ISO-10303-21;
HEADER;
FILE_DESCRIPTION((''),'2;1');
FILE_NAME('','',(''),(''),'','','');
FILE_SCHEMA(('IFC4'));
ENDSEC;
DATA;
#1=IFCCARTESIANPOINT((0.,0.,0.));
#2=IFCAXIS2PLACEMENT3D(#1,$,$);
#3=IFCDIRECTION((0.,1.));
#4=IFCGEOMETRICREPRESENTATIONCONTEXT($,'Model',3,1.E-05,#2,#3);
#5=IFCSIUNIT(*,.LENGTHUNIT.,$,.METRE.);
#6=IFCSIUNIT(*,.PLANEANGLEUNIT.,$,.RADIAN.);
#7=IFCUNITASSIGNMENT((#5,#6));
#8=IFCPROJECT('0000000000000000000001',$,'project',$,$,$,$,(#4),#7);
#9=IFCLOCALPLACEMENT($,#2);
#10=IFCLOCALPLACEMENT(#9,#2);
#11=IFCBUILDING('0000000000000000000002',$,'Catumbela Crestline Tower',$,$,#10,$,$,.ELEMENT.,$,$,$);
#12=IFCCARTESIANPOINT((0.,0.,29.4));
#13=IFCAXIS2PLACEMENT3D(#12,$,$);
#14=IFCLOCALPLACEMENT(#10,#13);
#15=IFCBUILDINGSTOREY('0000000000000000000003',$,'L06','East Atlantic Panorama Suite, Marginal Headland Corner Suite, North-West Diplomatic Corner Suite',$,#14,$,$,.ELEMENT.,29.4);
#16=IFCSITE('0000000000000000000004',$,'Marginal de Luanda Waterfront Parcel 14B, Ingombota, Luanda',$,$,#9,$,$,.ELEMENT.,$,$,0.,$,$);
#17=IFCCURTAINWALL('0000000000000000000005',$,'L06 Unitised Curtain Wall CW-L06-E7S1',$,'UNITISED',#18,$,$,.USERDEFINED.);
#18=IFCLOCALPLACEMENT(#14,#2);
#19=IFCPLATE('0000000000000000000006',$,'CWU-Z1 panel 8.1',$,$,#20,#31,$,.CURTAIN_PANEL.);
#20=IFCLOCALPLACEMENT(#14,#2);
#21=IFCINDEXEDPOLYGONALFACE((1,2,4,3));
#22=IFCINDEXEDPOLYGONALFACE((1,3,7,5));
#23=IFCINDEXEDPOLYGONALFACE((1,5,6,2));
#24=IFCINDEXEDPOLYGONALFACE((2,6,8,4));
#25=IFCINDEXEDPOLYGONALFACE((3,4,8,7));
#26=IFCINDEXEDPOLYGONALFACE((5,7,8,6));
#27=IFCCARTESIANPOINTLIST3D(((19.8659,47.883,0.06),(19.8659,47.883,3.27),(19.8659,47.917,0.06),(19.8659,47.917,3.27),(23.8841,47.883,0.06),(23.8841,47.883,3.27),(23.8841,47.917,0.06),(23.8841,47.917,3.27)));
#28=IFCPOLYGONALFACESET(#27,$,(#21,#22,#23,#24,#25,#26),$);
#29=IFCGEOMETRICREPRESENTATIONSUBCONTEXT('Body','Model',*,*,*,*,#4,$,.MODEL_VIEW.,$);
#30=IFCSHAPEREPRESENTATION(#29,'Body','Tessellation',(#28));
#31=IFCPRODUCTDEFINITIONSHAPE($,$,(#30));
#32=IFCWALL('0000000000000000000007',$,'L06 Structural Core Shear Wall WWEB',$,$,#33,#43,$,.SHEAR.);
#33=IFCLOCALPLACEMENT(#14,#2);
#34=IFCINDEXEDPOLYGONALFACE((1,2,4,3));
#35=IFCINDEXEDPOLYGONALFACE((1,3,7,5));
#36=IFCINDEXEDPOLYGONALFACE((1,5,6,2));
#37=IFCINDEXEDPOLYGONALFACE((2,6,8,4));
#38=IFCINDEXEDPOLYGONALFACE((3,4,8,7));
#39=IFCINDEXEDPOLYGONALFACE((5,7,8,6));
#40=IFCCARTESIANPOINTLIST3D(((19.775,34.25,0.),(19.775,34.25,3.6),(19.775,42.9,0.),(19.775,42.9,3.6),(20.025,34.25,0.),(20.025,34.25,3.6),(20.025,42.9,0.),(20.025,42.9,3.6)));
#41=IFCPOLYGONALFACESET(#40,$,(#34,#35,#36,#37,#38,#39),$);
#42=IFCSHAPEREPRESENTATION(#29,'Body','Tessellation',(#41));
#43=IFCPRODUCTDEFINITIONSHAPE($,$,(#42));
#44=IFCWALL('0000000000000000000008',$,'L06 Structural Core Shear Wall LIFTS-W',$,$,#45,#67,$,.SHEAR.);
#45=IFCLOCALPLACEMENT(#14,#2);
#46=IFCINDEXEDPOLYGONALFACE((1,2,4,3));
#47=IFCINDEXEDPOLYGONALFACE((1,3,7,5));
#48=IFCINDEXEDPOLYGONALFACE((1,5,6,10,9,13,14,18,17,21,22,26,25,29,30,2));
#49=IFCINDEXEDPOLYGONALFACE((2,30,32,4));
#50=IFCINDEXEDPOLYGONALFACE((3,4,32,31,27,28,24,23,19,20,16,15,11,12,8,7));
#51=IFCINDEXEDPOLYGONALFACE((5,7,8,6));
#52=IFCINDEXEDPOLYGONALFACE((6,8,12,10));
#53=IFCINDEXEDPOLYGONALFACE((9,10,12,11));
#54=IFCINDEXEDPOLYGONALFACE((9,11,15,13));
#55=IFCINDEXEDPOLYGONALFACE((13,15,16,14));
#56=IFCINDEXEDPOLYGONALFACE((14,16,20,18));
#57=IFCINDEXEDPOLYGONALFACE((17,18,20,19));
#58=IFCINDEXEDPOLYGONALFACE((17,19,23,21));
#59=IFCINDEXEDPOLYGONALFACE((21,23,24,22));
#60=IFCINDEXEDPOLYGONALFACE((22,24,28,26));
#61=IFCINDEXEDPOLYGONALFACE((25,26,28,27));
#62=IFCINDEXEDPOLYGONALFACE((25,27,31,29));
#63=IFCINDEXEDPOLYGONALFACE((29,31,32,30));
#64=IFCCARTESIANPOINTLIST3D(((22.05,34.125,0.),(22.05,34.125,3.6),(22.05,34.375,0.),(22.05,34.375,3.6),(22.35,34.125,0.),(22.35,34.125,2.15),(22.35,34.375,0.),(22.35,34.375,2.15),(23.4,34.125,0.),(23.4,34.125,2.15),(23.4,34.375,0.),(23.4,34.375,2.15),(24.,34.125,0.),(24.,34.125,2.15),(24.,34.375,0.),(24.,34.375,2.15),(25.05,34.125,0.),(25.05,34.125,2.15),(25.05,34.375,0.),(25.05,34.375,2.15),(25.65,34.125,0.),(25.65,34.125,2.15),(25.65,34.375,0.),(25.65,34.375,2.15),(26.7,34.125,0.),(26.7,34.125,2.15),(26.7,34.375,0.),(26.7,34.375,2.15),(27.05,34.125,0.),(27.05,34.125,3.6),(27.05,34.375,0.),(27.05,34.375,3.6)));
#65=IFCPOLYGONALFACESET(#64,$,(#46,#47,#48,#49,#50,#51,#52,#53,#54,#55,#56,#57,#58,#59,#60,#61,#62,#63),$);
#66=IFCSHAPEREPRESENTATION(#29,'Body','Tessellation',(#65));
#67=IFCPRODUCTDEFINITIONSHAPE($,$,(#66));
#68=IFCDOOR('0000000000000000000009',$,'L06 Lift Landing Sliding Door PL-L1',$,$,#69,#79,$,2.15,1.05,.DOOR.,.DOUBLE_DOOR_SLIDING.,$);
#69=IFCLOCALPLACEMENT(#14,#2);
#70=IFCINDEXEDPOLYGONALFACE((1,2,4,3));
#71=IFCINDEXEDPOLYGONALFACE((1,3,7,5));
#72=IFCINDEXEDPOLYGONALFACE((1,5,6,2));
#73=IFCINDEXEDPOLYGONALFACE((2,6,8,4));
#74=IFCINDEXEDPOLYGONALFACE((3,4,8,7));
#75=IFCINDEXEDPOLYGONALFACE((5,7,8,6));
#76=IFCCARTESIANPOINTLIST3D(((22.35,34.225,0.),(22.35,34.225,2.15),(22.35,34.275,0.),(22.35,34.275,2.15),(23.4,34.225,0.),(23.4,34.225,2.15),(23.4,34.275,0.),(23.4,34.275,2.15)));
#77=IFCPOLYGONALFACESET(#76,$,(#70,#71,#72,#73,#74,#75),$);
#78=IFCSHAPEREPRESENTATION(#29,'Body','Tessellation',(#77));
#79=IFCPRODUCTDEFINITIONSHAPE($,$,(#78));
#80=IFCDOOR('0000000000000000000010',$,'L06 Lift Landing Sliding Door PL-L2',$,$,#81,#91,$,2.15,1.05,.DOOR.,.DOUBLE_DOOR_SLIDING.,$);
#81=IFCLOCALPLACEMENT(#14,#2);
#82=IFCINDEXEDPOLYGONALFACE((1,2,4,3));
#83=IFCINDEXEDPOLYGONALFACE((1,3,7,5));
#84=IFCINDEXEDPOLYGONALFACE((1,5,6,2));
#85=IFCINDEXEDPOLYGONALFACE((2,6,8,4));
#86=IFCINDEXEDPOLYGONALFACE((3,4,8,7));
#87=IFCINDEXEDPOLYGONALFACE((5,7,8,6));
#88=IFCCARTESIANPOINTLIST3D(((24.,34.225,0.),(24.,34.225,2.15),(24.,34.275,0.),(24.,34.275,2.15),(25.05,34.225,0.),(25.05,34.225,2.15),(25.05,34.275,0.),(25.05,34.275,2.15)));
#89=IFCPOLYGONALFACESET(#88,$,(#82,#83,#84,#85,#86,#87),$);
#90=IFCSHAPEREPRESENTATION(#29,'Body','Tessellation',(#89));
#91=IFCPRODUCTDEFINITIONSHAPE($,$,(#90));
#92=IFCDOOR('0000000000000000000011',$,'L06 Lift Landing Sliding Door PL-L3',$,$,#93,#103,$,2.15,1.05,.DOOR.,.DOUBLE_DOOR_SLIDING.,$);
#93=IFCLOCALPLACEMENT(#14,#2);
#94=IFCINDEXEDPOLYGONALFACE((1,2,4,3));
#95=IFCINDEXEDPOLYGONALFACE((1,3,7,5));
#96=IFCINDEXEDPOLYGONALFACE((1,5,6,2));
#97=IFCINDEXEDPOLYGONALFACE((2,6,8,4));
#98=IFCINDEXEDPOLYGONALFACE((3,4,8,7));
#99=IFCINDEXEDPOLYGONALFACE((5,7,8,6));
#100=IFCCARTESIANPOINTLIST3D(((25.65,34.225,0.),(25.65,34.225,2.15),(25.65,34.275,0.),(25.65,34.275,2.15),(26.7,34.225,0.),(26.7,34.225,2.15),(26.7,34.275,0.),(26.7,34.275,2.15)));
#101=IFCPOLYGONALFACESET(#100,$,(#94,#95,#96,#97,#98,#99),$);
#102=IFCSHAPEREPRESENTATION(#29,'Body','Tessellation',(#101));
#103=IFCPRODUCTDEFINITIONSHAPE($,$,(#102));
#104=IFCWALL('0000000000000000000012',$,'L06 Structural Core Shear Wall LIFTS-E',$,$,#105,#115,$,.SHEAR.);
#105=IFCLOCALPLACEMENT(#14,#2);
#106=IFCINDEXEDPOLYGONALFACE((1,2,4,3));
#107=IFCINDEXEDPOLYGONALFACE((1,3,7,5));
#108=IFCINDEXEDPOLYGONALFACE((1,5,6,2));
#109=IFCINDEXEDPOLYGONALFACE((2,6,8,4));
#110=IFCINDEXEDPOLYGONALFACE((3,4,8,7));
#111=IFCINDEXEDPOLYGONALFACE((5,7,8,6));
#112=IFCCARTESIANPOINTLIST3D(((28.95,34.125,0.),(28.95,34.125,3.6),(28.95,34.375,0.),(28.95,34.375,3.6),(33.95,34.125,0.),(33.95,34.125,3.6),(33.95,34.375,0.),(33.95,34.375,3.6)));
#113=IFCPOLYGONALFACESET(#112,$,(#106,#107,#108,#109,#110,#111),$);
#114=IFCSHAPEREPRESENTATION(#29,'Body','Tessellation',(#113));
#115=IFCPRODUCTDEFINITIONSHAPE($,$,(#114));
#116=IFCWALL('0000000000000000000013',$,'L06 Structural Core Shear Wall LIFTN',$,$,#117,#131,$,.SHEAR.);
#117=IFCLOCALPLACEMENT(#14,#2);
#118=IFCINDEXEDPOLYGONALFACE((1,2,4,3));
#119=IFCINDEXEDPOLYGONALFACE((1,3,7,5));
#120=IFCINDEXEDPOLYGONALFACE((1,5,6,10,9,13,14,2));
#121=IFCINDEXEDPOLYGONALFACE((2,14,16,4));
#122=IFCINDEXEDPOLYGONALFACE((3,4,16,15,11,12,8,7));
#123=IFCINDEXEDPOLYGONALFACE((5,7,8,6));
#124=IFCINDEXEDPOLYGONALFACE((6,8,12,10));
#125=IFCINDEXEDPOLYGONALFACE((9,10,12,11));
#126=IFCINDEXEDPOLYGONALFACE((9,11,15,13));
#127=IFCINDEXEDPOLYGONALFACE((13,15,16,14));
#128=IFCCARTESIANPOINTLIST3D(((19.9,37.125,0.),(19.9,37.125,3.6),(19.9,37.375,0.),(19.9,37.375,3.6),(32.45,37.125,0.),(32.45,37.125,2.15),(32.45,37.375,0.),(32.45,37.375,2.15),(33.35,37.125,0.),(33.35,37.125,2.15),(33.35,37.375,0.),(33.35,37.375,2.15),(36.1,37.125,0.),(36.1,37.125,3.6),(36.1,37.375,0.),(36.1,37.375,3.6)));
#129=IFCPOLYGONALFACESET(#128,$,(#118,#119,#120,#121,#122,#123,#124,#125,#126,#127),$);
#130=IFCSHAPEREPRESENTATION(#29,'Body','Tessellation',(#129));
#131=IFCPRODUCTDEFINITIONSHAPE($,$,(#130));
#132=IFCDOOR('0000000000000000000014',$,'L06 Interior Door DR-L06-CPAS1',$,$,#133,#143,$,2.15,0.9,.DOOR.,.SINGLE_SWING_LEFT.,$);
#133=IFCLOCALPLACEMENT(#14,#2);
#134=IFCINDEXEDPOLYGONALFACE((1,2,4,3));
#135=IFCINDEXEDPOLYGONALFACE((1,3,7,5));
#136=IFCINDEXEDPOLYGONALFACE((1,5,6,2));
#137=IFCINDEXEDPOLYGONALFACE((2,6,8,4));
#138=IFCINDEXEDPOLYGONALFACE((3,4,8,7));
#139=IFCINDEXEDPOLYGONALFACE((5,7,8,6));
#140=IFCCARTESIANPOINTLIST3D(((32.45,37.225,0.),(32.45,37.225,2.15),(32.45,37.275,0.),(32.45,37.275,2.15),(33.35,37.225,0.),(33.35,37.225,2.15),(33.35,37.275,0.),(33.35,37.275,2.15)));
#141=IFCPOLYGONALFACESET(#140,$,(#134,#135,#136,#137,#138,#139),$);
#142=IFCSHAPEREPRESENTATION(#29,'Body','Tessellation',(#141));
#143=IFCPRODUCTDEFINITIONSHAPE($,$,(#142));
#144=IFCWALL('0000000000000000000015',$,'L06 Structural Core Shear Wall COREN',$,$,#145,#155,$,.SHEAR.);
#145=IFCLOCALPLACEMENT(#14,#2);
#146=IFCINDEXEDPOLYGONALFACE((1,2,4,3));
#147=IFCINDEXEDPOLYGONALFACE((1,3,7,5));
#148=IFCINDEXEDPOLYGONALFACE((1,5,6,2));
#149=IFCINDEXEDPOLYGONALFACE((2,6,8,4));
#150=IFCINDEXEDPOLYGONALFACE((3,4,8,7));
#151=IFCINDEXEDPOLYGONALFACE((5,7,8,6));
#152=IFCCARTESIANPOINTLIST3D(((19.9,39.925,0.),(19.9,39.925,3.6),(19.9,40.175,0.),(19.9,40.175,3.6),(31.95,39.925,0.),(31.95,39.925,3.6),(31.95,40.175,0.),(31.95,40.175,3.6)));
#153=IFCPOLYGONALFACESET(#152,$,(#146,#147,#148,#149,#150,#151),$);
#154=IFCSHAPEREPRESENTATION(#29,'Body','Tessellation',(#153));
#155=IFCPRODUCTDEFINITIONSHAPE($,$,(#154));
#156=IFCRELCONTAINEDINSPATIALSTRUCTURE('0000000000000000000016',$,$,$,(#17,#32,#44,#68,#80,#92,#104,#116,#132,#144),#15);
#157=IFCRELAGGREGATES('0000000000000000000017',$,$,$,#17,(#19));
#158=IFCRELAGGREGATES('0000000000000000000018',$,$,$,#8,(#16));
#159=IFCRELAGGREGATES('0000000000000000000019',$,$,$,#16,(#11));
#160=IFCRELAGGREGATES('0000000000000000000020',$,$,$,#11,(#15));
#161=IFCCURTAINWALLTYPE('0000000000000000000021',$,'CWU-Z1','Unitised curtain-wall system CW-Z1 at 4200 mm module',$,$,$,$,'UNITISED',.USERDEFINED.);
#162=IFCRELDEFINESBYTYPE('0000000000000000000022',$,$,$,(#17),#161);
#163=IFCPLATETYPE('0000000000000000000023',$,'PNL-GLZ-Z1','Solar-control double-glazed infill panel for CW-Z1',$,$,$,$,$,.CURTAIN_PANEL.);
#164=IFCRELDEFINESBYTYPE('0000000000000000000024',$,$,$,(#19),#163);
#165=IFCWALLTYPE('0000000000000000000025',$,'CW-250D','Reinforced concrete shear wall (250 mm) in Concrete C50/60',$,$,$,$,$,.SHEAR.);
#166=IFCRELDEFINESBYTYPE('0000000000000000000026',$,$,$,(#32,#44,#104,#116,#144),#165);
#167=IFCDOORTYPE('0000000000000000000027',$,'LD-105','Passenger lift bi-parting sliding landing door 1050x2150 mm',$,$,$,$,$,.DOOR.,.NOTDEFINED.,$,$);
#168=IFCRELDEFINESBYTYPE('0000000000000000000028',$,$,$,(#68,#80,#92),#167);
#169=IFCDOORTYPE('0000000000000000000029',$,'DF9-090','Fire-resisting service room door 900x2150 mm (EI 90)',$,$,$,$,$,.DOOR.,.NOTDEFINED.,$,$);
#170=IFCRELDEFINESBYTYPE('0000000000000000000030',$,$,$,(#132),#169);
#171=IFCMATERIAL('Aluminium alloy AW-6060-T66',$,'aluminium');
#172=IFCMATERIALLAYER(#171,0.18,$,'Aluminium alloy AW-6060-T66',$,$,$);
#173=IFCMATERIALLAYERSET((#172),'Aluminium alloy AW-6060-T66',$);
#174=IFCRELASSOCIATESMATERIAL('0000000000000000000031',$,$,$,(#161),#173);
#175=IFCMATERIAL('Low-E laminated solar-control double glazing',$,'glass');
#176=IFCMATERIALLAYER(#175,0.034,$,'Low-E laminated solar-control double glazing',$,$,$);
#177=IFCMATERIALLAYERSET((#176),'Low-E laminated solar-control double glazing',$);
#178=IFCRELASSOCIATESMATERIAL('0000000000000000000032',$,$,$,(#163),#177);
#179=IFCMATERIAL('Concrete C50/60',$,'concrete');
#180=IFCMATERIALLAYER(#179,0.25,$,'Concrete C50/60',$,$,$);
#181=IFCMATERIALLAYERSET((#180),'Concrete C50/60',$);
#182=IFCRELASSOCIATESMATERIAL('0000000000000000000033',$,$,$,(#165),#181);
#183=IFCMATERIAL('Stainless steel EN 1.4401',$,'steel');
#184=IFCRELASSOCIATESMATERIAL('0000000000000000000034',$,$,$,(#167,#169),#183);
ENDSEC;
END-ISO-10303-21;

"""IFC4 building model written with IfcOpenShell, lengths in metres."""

from ifc_helpers import new_model, si_unit, direction, frame, frame_2d, origin, origin_2d, place, context, subcontext, project, spatial, rectangle, extrude, material, layer, layer_set, type_object, element, fill, aggregate, save


model = new_model("IFC4")

# Units and contexts
model_context = context("Model", 3, precision=1e-05, world=origin(), true_north=direction((0.0, 1.0)))
body_context = subcontext(model_context, "Body", "Model", "MODEL_VIEW")
ifc_project = project(units=[si_unit("LENGTHUNIT", "METRE"), si_unit("PLANEANGLEUNIT", "RADIAN")], contexts=[model_context])

# Site, building, storey
site_placement = place(None, origin())
site = spatial("IfcSite", under=ifc_project, at=site_placement, Name="Marginal de Luanda Waterfront Parcel 14B, Ingombota, Luanda", CompositionType="ELEMENT", RefElevation=0.0)
building_placement = place(site_placement, origin())
building = spatial("IfcBuilding", under=site, at=building_placement, Name="Catumbela Crestline Tower", CompositionType="ELEMENT")
storey_placement = place(building_placement, frame((0.0, 0.0, 29.4)))
storey = spatial("IfcBuildingStorey", under=building, at=storey_placement, Name="L06", Description="East Atlantic Panorama Suite, Marginal Headland Corner Suite, North-West Diplomatic Corner Suite", CompositionType="ELEMENT", Elevation=29.4)

# Curtain wall, plate
ifc_material_1 = material(Name="Aluminium alloy AW-6060-T66", Category="aluminium")
ifc_layer_1 = layer(ifc_material_1, 0.18, Name="Aluminium alloy AW-6060-T66")
ifc_layer_set_1 = layer_set([ifc_layer_1], Name="Aluminium alloy AW-6060-T66")
curtain_wall_type = type_object("IfcCurtainWallType", Name="CWU-Z1", Description="Unitised curtain-wall system CW-Z1 at 4200 mm module", ElementType="UNITISED", PredefinedType="USERDEFINED", material=ifc_layer_set_1)
curtain_wall_placement = place(storey_placement, origin())
curtain_wall = element("IfcCurtainWall", 1, at=curtain_wall_placement, inside=storey, type_object=curtain_wall_type, Name="L06 Unitised Curtain Wall CW-L06-E7S1", ObjectType="UNITISED", PredefinedType="USERDEFINED")
ifc_material_2 = material(Name="Low-E laminated solar-control double glazing", Category="glass")
ifc_layer_2 = layer(ifc_material_2, 0.034, Name="Low-E laminated solar-control double glazing")
ifc_layer_set_2 = layer_set([ifc_layer_2], Name="Low-E laminated solar-control double glazing")
plate_type = type_object("IfcPlateType", Name="PNL-GLZ-Z1", Description="Solar-control double-glazed infill panel for CW-Z1", PredefinedType="CURTAIN_PANEL", material=ifc_layer_set_2)
plate_1_placement = place(storey_placement, frame((21.875, 47.9, 0.06), z_axis=(0.0, 0.0, 1.0), x_axis=(-1.0, 0.0, 0.0)))
plate_1 = element("IfcPlate", 2, at=plate_1_placement, type_object=plate_type, Name="CWU-Z1 panel 8.1", PredefinedType="CURTAIN_PANEL", context=body_context, shape_type="SweptSolid", body=[
    extrude(rectangle(XDim=4.0183, YDim=0.034, at=origin_2d()), origin(), (0.0, 0.0, 1.0), 3.21),
])
aggregate(curtain_wall, [plate_1])

# Wall
ifc_material_3 = material(Name="Concrete C50/60", Category="concrete")
ifc_layer_3 = layer(ifc_material_3, 0.25, Name="Concrete C50/60")
ifc_layer_set_3 = layer_set([ifc_layer_3], Name="Concrete C50/60")
wall_type_1 = type_object("IfcWallType", Name="CW-250D", Description="Reinforced concrete shear wall (250 mm) in Concrete C50/60", PredefinedType="SHEAR", material=ifc_layer_set_3)
wall_1_placement = place(storey_placement, frame((19.9, 34.25, 0.0), z_axis=(0.0, 0.0, 1.0), x_axis=(0.0, 1.0, 0.0)))
element("IfcWall", 3, at=wall_1_placement, inside=storey, type_object=wall_type_1, Name="L06 Structural Core Shear Wall WWEB", PredefinedType="SHEAR", context=body_context, shape_type="SweptSolid", body=[
    extrude(rectangle(XDim=8.65, YDim=0.25, at=frame_2d((4.325, 0.0))), origin(), (0.0, 0.0, 1.0), 3.6),
])

# Wall, openings, doors
wall_2_placement = place(storey_placement, frame((22.05, 34.25, 0.0), z_axis=(0.0, 0.0, 1.0), x_axis=(1.0, 0.0, 0.0)))
wall_2 = element("IfcWall", 4, at=wall_2_placement, inside=storey, type_object=wall_type_1, Name="L06 Structural Core Shear Wall LIFTS-W", PredefinedType="SHEAR", context=body_context, shape_type="SweptSolid", body=[
    extrude(rectangle(XDim=5.0, YDim=0.25, at=frame_2d((2.5, 0.0))), origin(), (0.0, 0.0, 1.0), 3.6),
])
opening_1_placement = place(wall_2_placement, frame((0.3, 0.0, 0.0)))
opening_1 = element("IfcOpeningElement", 5, at=opening_1_placement, cuts=wall_2, PredefinedType="OPENING", context=body_context, shape_type="SweptSolid", body=[
    extrude(rectangle(XDim=1.05, YDim=2.15, at=frame_2d((0.525, 1.075))), frame((0.0, 0.135, 0.0), z_axis=(0.0, -1.0, 0.0), x_axis=(1.0, 0.0, 0.0)), (0.0, 0.0, 1.0), 0.27),
])
opening_2_placement = place(wall_2_placement, frame((1.95, 0.0, 0.0)))
opening_2 = element("IfcOpeningElement", 6, at=opening_2_placement, cuts=wall_2, PredefinedType="OPENING", context=body_context, shape_type="SweptSolid", body=[
    extrude(rectangle(XDim=1.05, YDim=2.15, at=frame_2d((0.525, 1.075))), frame((0.0, 0.135, 0.0), z_axis=(0.0, -1.0, 0.0), x_axis=(1.0, 0.0, 0.0)), (0.0, 0.0, 1.0), 0.27),
])
opening_3_placement = place(wall_2_placement, frame((3.6, 0.0, 0.0)))
opening_3 = element("IfcOpeningElement", 7, at=opening_3_placement, cuts=wall_2, PredefinedType="OPENING", context=body_context, shape_type="SweptSolid", body=[
    extrude(rectangle(XDim=1.05, YDim=2.15, at=frame_2d((0.525, 1.075))), frame((0.0, 0.135, 0.0), z_axis=(0.0, -1.0, 0.0), x_axis=(1.0, 0.0, 0.0)), (0.0, 0.0, 1.0), 0.27),
])
ifc_material_4 = material(Name="Stainless steel EN 1.4401", Category="steel")
door_type_1 = type_object("IfcDoorType", Name="LD-105", Description="Passenger lift bi-parting sliding landing door 1050x2150 mm", OperationType="NOTDEFINED", PredefinedType="DOOR", material=ifc_material_4)
door_1_placement = place(opening_1_placement, origin())
door_1 = element("IfcDoor", 8, at=door_1_placement, inside=storey, type_object=door_type_1, Name="L06 Lift Landing Sliding Door PL-L1", OperationType="DOUBLE_DOOR_SLIDING", OverallHeight=2.15, OverallWidth=1.05, PredefinedType="DOOR", context=body_context, shape_type="SweptSolid", body=[
    extrude(rectangle(XDim=1.05, YDim=2.15, at=frame_2d((0.525, 1.075))), frame((0.0, 0.025, 0.0), z_axis=(0.0, -1.0, 0.0), x_axis=(1.0, 0.0, 0.0)), (0.0, 0.0, 1.0), 0.05),
])
fill(opening_1, door_1)
door_2_placement = place(opening_2_placement, origin())
door_2 = element("IfcDoor", 9, at=door_2_placement, inside=storey, type_object=door_type_1, Name="L06 Lift Landing Sliding Door PL-L2", OperationType="DOUBLE_DOOR_SLIDING", OverallHeight=2.15, OverallWidth=1.05, PredefinedType="DOOR", context=body_context, shape_type="SweptSolid", body=[
    extrude(rectangle(XDim=1.05, YDim=2.15, at=frame_2d((0.525, 1.075))), frame((0.0, 0.025, 0.0), z_axis=(0.0, -1.0, 0.0), x_axis=(1.0, 0.0, 0.0)), (0.0, 0.0, 1.0), 0.05),
])
fill(opening_2, door_2)
door_3_placement = place(opening_3_placement, origin())
door_3 = element("IfcDoor", 10, at=door_3_placement, inside=storey, type_object=door_type_1, Name="L06 Lift Landing Sliding Door PL-L3", OperationType="DOUBLE_DOOR_SLIDING", OverallHeight=2.15, OverallWidth=1.05, PredefinedType="DOOR", context=body_context, shape_type="SweptSolid", body=[
    extrude(rectangle(XDim=1.05, YDim=2.15, at=frame_2d((0.525, 1.075))), frame((0.0, 0.025, 0.0), z_axis=(0.0, -1.0, 0.0), x_axis=(1.0, 0.0, 0.0)), (0.0, 0.0, 1.0), 0.05),
])
fill(opening_3, door_3)

# Wall
wall_3_placement = place(storey_placement, frame((28.95, 34.25, 0.0), z_axis=(0.0, 0.0, 1.0), x_axis=(1.0, 0.0, 0.0)))
element("IfcWall", 11, at=wall_3_placement, inside=storey, type_object=wall_type_1, Name="L06 Structural Core Shear Wall LIFTS-E", PredefinedType="SHEAR", context=body_context, shape_type="SweptSolid", body=[
    extrude(rectangle(XDim=5.0, YDim=0.25, at=frame_2d((2.5, 0.0))), origin(), (0.0, 0.0, 1.0), 3.6),
])

# Wall, opening, door
wall_4_placement = place(storey_placement, frame((19.9, 37.25, 0.0), z_axis=(0.0, 0.0, 1.0), x_axis=(1.0, 0.0, 0.0)))
wall_4 = element("IfcWall", 12, at=wall_4_placement, inside=storey, type_object=wall_type_1, Name="L06 Structural Core Shear Wall LIFTN", PredefinedType="SHEAR", context=body_context, shape_type="SweptSolid", body=[
    extrude(rectangle(XDim=16.2, YDim=0.25, at=frame_2d((8.1, 0.0))), origin(), (0.0, 0.0, 1.0), 3.6),
])
opening_4_placement = place(wall_4_placement, frame((12.55, 0.0, 0.0)))
opening_4 = element("IfcOpeningElement", 13, at=opening_4_placement, cuts=wall_4, PredefinedType="OPENING", context=body_context, shape_type="SweptSolid", body=[
    extrude(rectangle(XDim=0.9, YDim=2.15, at=frame_2d((0.45, 1.075))), frame((0.0, 0.135, 0.0), z_axis=(0.0, -1.0, 0.0), x_axis=(1.0, 0.0, 0.0)), (0.0, 0.0, 1.0), 0.27),
])
door_type_2 = type_object("IfcDoorType", Name="DF9-090", Description="Fire-resisting service room door 900x2150 mm (EI 90)", OperationType="NOTDEFINED", PredefinedType="DOOR", material=ifc_material_4)
door_4_placement = place(opening_4_placement, origin())
door_4 = element("IfcDoor", 14, at=door_4_placement, inside=storey, type_object=door_type_2, Name="L06 Interior Door DR-L06-CPAS1", OperationType="SINGLE_SWING_LEFT", OverallHeight=2.15, OverallWidth=0.9, PredefinedType="DOOR", context=body_context, shape_type="SweptSolid", body=[
    extrude(rectangle(XDim=0.9, YDim=2.15, at=frame_2d((0.45, 1.075))), frame((0.0, 0.025, 0.0), z_axis=(0.0, -1.0, 0.0), x_axis=(1.0, 0.0, 0.0)), (0.0, 0.0, 1.0), 0.05),
])
fill(opening_4, door_4)

# Wall
wall_5_placement = place(storey_placement, frame((19.9, 40.05, 0.0), z_axis=(0.0, 0.0, 1.0), x_axis=(1.0, 0.0, 0.0)))
element("IfcWall", 15, at=wall_5_placement, inside=storey, type_object=wall_type_1, Name="L06 Structural Core Shear Wall COREN", PredefinedType="SHEAR", context=body_context, shape_type="SweptSolid", body=[
    extrude(rectangle(XDim=12.05, YDim=0.25, at=frame_2d((6.025, 0.0))), origin(), (0.0, 0.0, 1.0), 3.6),
])

save(model, "model.ifc")
